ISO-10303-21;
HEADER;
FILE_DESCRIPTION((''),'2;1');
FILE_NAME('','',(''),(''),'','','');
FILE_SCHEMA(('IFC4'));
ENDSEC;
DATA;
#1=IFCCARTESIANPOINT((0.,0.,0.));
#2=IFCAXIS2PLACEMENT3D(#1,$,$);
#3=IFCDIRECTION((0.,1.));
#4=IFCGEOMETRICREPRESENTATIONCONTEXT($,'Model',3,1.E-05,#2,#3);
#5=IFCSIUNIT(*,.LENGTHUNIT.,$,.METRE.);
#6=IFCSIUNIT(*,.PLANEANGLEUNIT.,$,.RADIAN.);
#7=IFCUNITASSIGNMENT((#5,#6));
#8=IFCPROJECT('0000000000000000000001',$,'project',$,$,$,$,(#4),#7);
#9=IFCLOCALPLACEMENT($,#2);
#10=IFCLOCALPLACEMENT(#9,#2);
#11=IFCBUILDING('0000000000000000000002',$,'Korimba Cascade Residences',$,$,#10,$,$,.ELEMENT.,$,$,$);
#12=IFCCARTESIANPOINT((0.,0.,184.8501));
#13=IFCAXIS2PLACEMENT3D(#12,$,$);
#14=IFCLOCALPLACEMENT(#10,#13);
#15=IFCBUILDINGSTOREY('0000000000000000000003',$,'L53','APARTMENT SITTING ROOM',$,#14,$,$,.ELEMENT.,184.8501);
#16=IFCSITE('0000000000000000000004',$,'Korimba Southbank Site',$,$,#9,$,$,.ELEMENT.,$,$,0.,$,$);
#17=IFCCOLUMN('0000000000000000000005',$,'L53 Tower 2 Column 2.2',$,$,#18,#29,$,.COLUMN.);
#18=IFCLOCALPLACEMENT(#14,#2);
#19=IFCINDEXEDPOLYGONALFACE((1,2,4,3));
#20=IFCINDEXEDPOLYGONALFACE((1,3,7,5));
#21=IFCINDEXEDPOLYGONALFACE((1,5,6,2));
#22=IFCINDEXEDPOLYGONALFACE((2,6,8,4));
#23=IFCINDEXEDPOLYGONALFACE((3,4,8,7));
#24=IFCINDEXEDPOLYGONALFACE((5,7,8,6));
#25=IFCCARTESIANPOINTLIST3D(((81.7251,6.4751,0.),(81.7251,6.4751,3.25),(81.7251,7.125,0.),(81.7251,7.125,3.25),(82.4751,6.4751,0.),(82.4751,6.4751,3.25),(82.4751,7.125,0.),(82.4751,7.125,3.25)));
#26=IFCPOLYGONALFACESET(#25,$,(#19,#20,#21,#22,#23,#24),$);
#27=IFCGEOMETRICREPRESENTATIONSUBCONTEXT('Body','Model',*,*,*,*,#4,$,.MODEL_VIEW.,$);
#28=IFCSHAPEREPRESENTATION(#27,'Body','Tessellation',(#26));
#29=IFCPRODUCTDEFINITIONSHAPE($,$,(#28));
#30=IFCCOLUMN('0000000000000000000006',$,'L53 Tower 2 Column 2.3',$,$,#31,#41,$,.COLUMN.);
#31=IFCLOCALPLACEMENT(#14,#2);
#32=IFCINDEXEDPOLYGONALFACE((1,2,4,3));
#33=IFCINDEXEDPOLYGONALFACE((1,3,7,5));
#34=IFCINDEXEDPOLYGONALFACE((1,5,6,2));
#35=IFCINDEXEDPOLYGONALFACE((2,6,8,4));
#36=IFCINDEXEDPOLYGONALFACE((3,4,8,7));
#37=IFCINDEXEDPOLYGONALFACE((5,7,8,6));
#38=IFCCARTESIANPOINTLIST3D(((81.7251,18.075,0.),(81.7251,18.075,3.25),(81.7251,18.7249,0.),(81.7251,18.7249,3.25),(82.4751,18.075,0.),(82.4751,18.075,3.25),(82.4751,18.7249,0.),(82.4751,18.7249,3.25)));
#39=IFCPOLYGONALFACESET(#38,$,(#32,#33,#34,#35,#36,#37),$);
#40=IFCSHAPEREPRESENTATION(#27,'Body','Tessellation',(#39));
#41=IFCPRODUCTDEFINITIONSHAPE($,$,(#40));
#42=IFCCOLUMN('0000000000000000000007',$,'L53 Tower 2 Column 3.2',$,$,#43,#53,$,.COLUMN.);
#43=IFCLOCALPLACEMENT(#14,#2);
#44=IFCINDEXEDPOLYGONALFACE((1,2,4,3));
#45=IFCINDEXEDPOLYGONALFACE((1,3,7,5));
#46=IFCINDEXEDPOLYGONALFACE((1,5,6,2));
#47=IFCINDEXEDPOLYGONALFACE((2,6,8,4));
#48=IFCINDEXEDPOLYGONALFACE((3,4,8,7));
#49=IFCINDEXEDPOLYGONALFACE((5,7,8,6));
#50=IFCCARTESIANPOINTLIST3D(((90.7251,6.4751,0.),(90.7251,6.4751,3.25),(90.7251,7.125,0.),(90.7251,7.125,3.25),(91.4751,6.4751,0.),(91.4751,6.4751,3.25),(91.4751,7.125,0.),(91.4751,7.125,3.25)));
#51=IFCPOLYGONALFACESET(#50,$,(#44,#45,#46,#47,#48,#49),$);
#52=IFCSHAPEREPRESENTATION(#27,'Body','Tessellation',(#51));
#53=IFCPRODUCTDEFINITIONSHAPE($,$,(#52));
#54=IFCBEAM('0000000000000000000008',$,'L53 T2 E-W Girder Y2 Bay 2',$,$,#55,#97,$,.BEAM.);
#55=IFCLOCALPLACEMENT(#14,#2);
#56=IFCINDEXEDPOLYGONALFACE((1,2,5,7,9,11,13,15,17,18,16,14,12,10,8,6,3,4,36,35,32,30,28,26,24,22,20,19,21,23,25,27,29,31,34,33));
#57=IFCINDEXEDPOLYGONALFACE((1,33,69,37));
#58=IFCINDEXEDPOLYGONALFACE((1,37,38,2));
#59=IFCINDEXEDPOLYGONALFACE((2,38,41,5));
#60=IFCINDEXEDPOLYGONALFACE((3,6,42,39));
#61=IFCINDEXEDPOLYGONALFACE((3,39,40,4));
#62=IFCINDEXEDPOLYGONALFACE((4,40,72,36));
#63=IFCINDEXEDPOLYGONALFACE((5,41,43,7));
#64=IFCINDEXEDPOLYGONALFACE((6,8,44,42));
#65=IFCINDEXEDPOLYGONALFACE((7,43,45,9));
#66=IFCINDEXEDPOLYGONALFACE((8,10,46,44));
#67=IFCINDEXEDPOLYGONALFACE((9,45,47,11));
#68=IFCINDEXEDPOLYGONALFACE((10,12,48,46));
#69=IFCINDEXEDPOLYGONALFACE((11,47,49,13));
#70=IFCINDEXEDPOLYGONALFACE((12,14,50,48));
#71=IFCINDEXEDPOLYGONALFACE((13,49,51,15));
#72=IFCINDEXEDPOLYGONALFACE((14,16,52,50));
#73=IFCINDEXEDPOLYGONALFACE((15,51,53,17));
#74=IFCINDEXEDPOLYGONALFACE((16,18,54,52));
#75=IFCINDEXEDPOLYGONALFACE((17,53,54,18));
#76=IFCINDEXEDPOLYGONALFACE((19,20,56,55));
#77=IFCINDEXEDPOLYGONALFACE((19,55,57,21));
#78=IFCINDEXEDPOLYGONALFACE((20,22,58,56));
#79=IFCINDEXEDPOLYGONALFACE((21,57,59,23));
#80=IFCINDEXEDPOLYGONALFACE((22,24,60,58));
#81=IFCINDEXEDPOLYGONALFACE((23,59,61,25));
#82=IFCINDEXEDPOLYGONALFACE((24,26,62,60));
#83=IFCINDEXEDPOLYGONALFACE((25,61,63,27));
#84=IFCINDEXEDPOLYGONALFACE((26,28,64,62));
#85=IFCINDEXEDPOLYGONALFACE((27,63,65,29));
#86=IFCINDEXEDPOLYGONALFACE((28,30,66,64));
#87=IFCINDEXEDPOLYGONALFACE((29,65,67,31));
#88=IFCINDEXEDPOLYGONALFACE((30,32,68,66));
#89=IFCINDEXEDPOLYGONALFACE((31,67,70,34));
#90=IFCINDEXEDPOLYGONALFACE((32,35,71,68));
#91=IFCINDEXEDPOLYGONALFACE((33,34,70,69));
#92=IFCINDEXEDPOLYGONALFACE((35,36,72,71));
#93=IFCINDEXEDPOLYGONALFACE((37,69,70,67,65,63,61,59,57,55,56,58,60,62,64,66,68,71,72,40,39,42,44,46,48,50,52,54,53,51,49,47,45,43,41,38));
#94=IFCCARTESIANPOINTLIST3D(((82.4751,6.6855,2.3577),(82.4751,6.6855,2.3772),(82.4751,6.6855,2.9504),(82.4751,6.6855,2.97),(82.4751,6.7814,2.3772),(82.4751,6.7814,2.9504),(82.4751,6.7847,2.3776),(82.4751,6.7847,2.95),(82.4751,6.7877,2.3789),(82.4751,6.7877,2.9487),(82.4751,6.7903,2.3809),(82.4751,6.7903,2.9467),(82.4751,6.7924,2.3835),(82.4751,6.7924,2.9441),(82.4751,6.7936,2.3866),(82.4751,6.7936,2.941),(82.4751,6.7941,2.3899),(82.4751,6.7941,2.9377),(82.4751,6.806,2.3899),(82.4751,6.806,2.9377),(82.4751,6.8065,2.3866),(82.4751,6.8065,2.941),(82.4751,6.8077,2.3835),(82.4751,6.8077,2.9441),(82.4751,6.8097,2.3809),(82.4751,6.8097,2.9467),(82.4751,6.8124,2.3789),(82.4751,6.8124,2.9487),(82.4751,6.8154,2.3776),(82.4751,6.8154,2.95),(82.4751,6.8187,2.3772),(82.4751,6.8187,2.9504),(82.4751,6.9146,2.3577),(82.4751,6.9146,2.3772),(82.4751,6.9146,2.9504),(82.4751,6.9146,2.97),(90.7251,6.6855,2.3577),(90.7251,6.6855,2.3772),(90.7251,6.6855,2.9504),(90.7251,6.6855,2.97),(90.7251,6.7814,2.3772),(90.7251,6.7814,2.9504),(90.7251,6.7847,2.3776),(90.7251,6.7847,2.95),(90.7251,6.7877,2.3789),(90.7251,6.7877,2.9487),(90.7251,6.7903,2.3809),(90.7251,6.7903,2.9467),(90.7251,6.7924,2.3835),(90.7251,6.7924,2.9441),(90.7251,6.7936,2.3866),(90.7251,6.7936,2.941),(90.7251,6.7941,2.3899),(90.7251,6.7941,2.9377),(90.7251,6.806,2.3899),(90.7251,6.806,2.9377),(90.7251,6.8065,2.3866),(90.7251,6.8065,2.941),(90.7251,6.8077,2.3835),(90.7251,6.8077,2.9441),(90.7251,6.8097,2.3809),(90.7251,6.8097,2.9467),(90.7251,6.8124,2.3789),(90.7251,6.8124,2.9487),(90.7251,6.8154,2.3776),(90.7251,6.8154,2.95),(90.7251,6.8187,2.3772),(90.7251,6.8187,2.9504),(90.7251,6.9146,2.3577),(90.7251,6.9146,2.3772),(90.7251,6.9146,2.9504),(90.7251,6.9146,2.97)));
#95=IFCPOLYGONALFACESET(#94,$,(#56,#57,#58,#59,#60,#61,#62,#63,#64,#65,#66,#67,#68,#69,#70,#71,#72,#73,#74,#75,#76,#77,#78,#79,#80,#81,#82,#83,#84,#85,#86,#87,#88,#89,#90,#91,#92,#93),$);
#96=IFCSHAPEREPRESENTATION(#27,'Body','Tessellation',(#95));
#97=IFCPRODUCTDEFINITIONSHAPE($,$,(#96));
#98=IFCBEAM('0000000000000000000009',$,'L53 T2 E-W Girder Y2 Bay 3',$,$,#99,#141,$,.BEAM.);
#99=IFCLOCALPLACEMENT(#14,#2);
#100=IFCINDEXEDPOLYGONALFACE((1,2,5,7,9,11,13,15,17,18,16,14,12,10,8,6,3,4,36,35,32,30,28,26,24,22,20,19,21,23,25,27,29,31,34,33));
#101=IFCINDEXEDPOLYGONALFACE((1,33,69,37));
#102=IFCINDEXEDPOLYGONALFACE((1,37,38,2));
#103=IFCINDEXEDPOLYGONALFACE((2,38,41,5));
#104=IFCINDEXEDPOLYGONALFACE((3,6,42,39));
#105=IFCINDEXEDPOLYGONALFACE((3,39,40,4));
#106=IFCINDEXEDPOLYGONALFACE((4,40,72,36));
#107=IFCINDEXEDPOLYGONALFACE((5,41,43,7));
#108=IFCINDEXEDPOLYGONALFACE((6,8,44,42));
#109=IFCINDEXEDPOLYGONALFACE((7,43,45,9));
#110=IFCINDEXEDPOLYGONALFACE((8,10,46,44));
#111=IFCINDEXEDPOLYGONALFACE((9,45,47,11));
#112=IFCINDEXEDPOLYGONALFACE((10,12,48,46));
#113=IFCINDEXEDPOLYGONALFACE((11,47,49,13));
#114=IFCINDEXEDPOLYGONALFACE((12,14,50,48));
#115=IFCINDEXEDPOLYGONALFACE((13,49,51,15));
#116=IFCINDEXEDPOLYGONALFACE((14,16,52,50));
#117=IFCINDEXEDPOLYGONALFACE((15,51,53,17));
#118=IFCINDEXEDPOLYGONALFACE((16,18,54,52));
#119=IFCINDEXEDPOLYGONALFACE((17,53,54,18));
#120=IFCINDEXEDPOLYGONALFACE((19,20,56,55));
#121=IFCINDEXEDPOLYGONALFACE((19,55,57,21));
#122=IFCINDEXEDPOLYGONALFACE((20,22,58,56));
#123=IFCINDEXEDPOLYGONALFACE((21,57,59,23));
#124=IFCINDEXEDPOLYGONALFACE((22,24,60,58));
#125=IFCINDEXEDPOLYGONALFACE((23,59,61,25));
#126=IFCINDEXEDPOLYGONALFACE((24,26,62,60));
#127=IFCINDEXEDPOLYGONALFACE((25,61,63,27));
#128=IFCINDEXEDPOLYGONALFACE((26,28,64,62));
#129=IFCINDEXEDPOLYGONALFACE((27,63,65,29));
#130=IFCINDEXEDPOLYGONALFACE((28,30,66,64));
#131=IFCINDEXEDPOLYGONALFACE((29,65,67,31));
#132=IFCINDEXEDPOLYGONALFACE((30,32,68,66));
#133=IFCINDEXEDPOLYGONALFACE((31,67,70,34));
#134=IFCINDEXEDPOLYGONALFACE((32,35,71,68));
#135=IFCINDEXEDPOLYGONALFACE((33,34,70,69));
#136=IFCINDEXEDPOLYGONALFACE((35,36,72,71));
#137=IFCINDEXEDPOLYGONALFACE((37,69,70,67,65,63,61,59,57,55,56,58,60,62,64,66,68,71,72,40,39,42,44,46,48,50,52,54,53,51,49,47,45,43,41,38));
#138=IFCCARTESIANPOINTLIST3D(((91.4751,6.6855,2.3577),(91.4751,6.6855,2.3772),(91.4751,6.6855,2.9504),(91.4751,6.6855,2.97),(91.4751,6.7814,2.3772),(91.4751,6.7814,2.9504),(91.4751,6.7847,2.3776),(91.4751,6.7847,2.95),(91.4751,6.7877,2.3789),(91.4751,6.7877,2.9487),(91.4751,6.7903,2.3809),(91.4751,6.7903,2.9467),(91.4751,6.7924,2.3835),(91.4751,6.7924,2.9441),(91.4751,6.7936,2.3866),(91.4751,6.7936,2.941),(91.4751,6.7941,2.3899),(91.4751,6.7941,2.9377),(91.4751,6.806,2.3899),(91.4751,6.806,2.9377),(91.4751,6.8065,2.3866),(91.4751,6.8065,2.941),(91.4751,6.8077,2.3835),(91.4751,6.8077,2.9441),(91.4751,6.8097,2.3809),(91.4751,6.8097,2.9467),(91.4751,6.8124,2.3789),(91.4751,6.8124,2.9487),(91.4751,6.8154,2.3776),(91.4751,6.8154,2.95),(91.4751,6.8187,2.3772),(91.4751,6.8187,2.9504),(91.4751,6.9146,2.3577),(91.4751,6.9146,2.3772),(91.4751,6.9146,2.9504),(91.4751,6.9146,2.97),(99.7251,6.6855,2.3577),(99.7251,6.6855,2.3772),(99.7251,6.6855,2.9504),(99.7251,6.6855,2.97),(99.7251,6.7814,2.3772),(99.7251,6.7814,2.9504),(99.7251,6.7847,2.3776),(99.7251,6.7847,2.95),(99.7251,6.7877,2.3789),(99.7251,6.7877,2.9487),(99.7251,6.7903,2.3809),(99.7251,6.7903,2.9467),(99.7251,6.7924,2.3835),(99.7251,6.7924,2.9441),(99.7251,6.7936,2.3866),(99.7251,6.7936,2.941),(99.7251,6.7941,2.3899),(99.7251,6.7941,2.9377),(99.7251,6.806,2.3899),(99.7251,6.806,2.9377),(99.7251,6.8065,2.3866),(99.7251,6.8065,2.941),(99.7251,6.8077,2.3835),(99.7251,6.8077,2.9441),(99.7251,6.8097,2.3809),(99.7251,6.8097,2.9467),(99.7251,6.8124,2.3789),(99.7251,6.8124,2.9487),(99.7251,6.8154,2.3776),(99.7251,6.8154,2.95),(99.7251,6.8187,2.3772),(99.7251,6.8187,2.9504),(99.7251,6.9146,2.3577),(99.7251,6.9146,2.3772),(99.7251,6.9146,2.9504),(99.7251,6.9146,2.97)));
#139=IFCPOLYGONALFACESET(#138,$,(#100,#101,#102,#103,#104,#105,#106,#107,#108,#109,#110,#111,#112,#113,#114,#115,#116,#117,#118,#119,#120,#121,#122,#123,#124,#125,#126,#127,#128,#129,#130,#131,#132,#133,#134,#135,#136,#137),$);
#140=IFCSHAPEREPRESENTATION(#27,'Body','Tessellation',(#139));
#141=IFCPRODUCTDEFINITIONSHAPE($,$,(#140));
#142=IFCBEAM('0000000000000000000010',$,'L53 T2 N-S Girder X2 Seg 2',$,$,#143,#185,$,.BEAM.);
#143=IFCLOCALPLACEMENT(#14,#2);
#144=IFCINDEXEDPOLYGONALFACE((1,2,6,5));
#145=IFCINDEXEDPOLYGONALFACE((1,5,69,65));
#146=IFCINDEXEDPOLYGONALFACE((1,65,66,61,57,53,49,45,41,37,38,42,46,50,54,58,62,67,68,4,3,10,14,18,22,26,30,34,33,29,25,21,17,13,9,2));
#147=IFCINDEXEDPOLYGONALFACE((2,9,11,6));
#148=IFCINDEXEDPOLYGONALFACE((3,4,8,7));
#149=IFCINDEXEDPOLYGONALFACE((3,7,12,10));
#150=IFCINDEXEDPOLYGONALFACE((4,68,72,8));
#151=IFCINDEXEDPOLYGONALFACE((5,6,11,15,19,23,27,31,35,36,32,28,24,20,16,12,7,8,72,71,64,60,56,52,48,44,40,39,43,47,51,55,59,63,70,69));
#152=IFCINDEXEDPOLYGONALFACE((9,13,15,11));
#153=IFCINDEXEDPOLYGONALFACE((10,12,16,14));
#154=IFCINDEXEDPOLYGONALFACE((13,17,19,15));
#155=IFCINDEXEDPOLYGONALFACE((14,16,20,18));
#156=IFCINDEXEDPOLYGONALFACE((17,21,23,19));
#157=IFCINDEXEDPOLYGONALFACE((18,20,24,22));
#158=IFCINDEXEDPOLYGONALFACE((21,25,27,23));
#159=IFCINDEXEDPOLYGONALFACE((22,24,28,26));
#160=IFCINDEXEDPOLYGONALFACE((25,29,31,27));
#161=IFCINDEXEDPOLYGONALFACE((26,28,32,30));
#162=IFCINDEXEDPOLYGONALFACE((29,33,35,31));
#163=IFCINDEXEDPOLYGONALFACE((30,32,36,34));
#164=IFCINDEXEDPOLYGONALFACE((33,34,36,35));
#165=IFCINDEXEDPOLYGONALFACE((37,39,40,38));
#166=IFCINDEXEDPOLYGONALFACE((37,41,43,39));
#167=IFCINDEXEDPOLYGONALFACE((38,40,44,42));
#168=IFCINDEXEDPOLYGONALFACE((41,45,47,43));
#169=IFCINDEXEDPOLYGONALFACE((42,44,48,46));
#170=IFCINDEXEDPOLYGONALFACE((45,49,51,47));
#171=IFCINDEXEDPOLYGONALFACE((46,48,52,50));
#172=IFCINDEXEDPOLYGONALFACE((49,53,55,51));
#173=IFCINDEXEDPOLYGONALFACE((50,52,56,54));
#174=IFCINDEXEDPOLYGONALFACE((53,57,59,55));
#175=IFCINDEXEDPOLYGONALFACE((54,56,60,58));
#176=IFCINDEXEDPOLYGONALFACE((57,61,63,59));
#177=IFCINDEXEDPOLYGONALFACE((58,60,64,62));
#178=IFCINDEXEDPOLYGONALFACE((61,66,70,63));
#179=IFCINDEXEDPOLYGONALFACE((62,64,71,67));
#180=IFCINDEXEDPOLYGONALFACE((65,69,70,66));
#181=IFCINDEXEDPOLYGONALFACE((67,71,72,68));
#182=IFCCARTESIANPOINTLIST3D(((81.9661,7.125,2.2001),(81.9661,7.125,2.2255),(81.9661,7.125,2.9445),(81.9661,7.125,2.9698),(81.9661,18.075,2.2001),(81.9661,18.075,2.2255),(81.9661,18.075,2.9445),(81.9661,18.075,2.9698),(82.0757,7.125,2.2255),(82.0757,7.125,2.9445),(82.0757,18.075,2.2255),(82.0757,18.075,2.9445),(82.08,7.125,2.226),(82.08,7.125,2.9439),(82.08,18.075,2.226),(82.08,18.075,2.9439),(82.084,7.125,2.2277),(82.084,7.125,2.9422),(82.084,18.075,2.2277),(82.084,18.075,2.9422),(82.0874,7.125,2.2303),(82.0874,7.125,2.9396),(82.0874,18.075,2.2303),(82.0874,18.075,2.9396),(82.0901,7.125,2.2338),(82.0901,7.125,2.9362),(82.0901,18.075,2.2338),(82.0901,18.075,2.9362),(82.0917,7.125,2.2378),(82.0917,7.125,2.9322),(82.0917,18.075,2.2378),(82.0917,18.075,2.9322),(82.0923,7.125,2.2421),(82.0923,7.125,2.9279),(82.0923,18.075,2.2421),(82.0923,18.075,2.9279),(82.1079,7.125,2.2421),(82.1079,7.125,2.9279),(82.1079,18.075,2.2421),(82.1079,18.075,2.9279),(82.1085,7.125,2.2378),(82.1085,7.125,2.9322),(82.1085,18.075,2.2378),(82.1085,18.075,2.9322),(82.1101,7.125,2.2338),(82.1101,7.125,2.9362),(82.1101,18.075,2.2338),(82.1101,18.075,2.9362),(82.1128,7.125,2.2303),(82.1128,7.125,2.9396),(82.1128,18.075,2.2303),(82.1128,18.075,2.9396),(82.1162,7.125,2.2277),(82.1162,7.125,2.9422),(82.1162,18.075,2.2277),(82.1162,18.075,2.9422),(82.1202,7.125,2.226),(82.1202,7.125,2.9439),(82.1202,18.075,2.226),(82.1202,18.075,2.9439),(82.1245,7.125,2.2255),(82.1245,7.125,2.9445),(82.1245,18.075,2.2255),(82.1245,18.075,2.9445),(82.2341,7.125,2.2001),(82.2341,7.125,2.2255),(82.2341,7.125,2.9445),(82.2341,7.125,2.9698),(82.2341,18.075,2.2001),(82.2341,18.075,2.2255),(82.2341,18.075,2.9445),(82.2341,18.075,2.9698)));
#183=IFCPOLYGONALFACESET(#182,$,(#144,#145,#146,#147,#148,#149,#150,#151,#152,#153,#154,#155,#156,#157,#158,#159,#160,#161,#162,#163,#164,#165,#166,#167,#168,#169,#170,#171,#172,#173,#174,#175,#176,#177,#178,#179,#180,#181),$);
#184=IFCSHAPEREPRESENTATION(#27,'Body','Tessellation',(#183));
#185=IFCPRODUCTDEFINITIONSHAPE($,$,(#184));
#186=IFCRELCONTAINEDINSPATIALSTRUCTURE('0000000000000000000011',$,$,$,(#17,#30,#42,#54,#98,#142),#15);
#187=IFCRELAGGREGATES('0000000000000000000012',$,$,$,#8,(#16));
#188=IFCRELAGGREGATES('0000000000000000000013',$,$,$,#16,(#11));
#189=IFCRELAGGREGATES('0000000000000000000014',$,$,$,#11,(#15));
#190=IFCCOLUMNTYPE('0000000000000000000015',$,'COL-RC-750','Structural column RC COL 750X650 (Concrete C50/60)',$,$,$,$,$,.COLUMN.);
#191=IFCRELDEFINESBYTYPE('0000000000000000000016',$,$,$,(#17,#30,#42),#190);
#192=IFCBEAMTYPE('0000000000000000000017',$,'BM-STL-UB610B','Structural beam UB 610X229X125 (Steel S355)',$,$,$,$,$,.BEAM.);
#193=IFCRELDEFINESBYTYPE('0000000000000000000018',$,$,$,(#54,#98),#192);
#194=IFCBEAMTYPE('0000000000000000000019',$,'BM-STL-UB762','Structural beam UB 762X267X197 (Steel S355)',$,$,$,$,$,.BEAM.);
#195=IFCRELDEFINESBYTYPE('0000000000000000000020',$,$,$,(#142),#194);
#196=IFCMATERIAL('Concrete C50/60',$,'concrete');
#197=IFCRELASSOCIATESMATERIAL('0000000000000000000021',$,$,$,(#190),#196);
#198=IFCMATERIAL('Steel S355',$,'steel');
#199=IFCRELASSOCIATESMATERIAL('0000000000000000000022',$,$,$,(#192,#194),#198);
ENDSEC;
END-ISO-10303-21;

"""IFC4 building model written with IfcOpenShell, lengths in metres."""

from ifc_helpers import new_model, si_unit, direction, frame, origin, origin_2d, place, context, subcontext, project, spatial, rectangle, i_section, extrude, material, material_profile, profile_set, type_object, element, save


model = new_model("IFC4")

# Units and contexts
model_context = context("Model", 3, precision=1e-05, world=origin(), true_north=direction((0.0, 1.0)))
body_context = subcontext(model_context, "Body", "Model", "MODEL_VIEW")
ifc_project = project(units=[si_unit("LENGTHUNIT", "METRE"), si_unit("PLANEANGLEUNIT", "RADIAN")], contexts=[model_context])

# Site, building, storey
site_placement = place(None, origin())
site = spatial("IfcSite", under=ifc_project, at=site_placement, Name="Korimba Southbank Site", CompositionType="ELEMENT", RefElevation=0.0)
building_placement = place(site_placement, origin())
building = spatial("IfcBuilding", under=site, at=building_placement, Name="Korimba Cascade Residences", CompositionType="ELEMENT")
storey_placement = place(building_placement, frame((0.0, 0.0, 184.8501)))
storey = spatial("IfcBuildingStorey", under=building, at=storey_placement, Name="L53", Description="APARTMENT SITTING ROOM", CompositionType="ELEMENT", Elevation=184.8501)

# Columns
ifc_material_1 = material(Name="Concrete C50/60", Category="concrete")
ifc_material_profile_1 = material_profile(ifc_material_1, rectangle(XDim=0.75, YDim=0.6499, at=origin_2d()), Name="Concrete C50/60")
ifc_profile_set_1 = profile_set([ifc_material_profile_1], Name="Concrete C50/60")
column_type = type_object("IfcColumnType", Name="COL-RC-750", Description="Structural column RC COL 750X650 (Concrete C50/60)", PredefinedType="COLUMN", material=ifc_profile_set_1)
for number, where, z_axis, x_axis, name in (
    (1, (82.1001, 6.8, 0.0), (0.0, 0.0, 1.0), (1.0, 0.0, 0.0), "L53 Tower 2 Column 2.2"),
    (2, (82.1001, 18.3999, 0.0), (0.0, 0.0, 1.0), (1.0, 0.0, 0.0), "L53 Tower 2 Column 2.3"),
    (3, (91.1001, 6.8, 0.0), (0.0, 0.0, 1.0), (1.0, 0.0, 0.0), "L53 Tower 2 Column 3.2"),
):
    element("IfcColumn", number, at=place(storey_placement, frame(where, z_axis=z_axis, x_axis=x_axis)), inside=storey, type_object=column_type, Name=name, PredefinedType="COLUMN", context=body_context, shape_type="SweptSolid", body=[
        extrude(rectangle(XDim=0.75, YDim=0.6499, at=origin_2d()), origin(), (0.0, 0.0, 1.0), 3.25),
    ])

# Beams
ifc_material_2 = material(Name="Steel S355", Category="steel")
ifc_material_profile_2 = material_profile(ifc_material_2, i_section(OverallWidth=0.229, OverallDepth=0.6123, WebThickness=0.012, FlangeThickness=0.0195, FilletRadius=0.0127, at=origin_2d()), Name="Steel S355")
ifc_profile_set_2 = profile_set([ifc_material_profile_2], Name="Steel S355")
beam_type_1 = type_object("IfcBeamType", Name="BM-STL-UB610B", Description="Structural beam UB 610X229X125 (Steel S355)", PredefinedType="BEAM", material=ifc_profile_set_2)
for number, where, z_axis, x_axis, name in (
    (4, (82.4751, 6.8, 2.6638), (1.0, 0.0, 0.0), (0.0, 1.0, 0.0), "L53 T2 E-W Girder Y2 Bay 2"),
    (5, (91.4751, 6.8, 2.6638), (1.0, 0.0, 0.0), (0.0, 1.0, 0.0), "L53 T2 E-W Girder Y2 Bay 3"),
):
    element("IfcBeam", number, at=place(storey_placement, frame(where, z_axis=z_axis, x_axis=x_axis)), inside=storey, type_object=beam_type_1, Name=name, PredefinedType="BEAM", context=body_context, shape_type="SweptSolid", body=[
        extrude(i_section(OverallWidth=0.229, OverallDepth=0.6123, WebThickness=0.012, FlangeThickness=0.0195, FilletRadius=0.0127, at=origin_2d()), origin(), (0.0, 0.0, 1.0), 8.25),
    ])
ifc_material_profile_3 = material_profile(ifc_material_2, i_section(OverallWidth=0.2681, OverallDepth=0.7698, WebThickness=0.0156, FlangeThickness=0.0254, FilletRadius=0.0166, at=origin_2d()), Name="Steel S355")
ifc_profile_set_3 = profile_set([ifc_material_profile_3], Name="Steel S355")
beam_type_2 = type_object("IfcBeamType", Name="BM-STL-UB762", Description="Structural beam UB 762X267X197 (Steel S355)", PredefinedType="BEAM", material=ifc_profile_set_3)
for number, where, z_axis, x_axis, name in (
    (6, (82.1001, 7.125, 2.585), (0.0, 1.0, 0.0), (-1.0, 0.0, 0.0), "L53 T2 N-S Girder X2 Seg 2"),
):
    element("IfcBeam", number, at=place(storey_placement, frame(where, z_axis=z_axis, x_axis=x_axis)), inside=storey, type_object=beam_type_2, Name=name, PredefinedType="BEAM", context=body_context, shape_type="SweptSolid", body=[
        extrude(i_section(OverallWidth=0.2681, OverallDepth=0.7698, WebThickness=0.0156, FlangeThickness=0.0254, FilletRadius=0.0166, at=origin_2d()), origin(), (0.0, 0.0, 1.0), 10.95),
    ])

save(model, "model.ifc")
